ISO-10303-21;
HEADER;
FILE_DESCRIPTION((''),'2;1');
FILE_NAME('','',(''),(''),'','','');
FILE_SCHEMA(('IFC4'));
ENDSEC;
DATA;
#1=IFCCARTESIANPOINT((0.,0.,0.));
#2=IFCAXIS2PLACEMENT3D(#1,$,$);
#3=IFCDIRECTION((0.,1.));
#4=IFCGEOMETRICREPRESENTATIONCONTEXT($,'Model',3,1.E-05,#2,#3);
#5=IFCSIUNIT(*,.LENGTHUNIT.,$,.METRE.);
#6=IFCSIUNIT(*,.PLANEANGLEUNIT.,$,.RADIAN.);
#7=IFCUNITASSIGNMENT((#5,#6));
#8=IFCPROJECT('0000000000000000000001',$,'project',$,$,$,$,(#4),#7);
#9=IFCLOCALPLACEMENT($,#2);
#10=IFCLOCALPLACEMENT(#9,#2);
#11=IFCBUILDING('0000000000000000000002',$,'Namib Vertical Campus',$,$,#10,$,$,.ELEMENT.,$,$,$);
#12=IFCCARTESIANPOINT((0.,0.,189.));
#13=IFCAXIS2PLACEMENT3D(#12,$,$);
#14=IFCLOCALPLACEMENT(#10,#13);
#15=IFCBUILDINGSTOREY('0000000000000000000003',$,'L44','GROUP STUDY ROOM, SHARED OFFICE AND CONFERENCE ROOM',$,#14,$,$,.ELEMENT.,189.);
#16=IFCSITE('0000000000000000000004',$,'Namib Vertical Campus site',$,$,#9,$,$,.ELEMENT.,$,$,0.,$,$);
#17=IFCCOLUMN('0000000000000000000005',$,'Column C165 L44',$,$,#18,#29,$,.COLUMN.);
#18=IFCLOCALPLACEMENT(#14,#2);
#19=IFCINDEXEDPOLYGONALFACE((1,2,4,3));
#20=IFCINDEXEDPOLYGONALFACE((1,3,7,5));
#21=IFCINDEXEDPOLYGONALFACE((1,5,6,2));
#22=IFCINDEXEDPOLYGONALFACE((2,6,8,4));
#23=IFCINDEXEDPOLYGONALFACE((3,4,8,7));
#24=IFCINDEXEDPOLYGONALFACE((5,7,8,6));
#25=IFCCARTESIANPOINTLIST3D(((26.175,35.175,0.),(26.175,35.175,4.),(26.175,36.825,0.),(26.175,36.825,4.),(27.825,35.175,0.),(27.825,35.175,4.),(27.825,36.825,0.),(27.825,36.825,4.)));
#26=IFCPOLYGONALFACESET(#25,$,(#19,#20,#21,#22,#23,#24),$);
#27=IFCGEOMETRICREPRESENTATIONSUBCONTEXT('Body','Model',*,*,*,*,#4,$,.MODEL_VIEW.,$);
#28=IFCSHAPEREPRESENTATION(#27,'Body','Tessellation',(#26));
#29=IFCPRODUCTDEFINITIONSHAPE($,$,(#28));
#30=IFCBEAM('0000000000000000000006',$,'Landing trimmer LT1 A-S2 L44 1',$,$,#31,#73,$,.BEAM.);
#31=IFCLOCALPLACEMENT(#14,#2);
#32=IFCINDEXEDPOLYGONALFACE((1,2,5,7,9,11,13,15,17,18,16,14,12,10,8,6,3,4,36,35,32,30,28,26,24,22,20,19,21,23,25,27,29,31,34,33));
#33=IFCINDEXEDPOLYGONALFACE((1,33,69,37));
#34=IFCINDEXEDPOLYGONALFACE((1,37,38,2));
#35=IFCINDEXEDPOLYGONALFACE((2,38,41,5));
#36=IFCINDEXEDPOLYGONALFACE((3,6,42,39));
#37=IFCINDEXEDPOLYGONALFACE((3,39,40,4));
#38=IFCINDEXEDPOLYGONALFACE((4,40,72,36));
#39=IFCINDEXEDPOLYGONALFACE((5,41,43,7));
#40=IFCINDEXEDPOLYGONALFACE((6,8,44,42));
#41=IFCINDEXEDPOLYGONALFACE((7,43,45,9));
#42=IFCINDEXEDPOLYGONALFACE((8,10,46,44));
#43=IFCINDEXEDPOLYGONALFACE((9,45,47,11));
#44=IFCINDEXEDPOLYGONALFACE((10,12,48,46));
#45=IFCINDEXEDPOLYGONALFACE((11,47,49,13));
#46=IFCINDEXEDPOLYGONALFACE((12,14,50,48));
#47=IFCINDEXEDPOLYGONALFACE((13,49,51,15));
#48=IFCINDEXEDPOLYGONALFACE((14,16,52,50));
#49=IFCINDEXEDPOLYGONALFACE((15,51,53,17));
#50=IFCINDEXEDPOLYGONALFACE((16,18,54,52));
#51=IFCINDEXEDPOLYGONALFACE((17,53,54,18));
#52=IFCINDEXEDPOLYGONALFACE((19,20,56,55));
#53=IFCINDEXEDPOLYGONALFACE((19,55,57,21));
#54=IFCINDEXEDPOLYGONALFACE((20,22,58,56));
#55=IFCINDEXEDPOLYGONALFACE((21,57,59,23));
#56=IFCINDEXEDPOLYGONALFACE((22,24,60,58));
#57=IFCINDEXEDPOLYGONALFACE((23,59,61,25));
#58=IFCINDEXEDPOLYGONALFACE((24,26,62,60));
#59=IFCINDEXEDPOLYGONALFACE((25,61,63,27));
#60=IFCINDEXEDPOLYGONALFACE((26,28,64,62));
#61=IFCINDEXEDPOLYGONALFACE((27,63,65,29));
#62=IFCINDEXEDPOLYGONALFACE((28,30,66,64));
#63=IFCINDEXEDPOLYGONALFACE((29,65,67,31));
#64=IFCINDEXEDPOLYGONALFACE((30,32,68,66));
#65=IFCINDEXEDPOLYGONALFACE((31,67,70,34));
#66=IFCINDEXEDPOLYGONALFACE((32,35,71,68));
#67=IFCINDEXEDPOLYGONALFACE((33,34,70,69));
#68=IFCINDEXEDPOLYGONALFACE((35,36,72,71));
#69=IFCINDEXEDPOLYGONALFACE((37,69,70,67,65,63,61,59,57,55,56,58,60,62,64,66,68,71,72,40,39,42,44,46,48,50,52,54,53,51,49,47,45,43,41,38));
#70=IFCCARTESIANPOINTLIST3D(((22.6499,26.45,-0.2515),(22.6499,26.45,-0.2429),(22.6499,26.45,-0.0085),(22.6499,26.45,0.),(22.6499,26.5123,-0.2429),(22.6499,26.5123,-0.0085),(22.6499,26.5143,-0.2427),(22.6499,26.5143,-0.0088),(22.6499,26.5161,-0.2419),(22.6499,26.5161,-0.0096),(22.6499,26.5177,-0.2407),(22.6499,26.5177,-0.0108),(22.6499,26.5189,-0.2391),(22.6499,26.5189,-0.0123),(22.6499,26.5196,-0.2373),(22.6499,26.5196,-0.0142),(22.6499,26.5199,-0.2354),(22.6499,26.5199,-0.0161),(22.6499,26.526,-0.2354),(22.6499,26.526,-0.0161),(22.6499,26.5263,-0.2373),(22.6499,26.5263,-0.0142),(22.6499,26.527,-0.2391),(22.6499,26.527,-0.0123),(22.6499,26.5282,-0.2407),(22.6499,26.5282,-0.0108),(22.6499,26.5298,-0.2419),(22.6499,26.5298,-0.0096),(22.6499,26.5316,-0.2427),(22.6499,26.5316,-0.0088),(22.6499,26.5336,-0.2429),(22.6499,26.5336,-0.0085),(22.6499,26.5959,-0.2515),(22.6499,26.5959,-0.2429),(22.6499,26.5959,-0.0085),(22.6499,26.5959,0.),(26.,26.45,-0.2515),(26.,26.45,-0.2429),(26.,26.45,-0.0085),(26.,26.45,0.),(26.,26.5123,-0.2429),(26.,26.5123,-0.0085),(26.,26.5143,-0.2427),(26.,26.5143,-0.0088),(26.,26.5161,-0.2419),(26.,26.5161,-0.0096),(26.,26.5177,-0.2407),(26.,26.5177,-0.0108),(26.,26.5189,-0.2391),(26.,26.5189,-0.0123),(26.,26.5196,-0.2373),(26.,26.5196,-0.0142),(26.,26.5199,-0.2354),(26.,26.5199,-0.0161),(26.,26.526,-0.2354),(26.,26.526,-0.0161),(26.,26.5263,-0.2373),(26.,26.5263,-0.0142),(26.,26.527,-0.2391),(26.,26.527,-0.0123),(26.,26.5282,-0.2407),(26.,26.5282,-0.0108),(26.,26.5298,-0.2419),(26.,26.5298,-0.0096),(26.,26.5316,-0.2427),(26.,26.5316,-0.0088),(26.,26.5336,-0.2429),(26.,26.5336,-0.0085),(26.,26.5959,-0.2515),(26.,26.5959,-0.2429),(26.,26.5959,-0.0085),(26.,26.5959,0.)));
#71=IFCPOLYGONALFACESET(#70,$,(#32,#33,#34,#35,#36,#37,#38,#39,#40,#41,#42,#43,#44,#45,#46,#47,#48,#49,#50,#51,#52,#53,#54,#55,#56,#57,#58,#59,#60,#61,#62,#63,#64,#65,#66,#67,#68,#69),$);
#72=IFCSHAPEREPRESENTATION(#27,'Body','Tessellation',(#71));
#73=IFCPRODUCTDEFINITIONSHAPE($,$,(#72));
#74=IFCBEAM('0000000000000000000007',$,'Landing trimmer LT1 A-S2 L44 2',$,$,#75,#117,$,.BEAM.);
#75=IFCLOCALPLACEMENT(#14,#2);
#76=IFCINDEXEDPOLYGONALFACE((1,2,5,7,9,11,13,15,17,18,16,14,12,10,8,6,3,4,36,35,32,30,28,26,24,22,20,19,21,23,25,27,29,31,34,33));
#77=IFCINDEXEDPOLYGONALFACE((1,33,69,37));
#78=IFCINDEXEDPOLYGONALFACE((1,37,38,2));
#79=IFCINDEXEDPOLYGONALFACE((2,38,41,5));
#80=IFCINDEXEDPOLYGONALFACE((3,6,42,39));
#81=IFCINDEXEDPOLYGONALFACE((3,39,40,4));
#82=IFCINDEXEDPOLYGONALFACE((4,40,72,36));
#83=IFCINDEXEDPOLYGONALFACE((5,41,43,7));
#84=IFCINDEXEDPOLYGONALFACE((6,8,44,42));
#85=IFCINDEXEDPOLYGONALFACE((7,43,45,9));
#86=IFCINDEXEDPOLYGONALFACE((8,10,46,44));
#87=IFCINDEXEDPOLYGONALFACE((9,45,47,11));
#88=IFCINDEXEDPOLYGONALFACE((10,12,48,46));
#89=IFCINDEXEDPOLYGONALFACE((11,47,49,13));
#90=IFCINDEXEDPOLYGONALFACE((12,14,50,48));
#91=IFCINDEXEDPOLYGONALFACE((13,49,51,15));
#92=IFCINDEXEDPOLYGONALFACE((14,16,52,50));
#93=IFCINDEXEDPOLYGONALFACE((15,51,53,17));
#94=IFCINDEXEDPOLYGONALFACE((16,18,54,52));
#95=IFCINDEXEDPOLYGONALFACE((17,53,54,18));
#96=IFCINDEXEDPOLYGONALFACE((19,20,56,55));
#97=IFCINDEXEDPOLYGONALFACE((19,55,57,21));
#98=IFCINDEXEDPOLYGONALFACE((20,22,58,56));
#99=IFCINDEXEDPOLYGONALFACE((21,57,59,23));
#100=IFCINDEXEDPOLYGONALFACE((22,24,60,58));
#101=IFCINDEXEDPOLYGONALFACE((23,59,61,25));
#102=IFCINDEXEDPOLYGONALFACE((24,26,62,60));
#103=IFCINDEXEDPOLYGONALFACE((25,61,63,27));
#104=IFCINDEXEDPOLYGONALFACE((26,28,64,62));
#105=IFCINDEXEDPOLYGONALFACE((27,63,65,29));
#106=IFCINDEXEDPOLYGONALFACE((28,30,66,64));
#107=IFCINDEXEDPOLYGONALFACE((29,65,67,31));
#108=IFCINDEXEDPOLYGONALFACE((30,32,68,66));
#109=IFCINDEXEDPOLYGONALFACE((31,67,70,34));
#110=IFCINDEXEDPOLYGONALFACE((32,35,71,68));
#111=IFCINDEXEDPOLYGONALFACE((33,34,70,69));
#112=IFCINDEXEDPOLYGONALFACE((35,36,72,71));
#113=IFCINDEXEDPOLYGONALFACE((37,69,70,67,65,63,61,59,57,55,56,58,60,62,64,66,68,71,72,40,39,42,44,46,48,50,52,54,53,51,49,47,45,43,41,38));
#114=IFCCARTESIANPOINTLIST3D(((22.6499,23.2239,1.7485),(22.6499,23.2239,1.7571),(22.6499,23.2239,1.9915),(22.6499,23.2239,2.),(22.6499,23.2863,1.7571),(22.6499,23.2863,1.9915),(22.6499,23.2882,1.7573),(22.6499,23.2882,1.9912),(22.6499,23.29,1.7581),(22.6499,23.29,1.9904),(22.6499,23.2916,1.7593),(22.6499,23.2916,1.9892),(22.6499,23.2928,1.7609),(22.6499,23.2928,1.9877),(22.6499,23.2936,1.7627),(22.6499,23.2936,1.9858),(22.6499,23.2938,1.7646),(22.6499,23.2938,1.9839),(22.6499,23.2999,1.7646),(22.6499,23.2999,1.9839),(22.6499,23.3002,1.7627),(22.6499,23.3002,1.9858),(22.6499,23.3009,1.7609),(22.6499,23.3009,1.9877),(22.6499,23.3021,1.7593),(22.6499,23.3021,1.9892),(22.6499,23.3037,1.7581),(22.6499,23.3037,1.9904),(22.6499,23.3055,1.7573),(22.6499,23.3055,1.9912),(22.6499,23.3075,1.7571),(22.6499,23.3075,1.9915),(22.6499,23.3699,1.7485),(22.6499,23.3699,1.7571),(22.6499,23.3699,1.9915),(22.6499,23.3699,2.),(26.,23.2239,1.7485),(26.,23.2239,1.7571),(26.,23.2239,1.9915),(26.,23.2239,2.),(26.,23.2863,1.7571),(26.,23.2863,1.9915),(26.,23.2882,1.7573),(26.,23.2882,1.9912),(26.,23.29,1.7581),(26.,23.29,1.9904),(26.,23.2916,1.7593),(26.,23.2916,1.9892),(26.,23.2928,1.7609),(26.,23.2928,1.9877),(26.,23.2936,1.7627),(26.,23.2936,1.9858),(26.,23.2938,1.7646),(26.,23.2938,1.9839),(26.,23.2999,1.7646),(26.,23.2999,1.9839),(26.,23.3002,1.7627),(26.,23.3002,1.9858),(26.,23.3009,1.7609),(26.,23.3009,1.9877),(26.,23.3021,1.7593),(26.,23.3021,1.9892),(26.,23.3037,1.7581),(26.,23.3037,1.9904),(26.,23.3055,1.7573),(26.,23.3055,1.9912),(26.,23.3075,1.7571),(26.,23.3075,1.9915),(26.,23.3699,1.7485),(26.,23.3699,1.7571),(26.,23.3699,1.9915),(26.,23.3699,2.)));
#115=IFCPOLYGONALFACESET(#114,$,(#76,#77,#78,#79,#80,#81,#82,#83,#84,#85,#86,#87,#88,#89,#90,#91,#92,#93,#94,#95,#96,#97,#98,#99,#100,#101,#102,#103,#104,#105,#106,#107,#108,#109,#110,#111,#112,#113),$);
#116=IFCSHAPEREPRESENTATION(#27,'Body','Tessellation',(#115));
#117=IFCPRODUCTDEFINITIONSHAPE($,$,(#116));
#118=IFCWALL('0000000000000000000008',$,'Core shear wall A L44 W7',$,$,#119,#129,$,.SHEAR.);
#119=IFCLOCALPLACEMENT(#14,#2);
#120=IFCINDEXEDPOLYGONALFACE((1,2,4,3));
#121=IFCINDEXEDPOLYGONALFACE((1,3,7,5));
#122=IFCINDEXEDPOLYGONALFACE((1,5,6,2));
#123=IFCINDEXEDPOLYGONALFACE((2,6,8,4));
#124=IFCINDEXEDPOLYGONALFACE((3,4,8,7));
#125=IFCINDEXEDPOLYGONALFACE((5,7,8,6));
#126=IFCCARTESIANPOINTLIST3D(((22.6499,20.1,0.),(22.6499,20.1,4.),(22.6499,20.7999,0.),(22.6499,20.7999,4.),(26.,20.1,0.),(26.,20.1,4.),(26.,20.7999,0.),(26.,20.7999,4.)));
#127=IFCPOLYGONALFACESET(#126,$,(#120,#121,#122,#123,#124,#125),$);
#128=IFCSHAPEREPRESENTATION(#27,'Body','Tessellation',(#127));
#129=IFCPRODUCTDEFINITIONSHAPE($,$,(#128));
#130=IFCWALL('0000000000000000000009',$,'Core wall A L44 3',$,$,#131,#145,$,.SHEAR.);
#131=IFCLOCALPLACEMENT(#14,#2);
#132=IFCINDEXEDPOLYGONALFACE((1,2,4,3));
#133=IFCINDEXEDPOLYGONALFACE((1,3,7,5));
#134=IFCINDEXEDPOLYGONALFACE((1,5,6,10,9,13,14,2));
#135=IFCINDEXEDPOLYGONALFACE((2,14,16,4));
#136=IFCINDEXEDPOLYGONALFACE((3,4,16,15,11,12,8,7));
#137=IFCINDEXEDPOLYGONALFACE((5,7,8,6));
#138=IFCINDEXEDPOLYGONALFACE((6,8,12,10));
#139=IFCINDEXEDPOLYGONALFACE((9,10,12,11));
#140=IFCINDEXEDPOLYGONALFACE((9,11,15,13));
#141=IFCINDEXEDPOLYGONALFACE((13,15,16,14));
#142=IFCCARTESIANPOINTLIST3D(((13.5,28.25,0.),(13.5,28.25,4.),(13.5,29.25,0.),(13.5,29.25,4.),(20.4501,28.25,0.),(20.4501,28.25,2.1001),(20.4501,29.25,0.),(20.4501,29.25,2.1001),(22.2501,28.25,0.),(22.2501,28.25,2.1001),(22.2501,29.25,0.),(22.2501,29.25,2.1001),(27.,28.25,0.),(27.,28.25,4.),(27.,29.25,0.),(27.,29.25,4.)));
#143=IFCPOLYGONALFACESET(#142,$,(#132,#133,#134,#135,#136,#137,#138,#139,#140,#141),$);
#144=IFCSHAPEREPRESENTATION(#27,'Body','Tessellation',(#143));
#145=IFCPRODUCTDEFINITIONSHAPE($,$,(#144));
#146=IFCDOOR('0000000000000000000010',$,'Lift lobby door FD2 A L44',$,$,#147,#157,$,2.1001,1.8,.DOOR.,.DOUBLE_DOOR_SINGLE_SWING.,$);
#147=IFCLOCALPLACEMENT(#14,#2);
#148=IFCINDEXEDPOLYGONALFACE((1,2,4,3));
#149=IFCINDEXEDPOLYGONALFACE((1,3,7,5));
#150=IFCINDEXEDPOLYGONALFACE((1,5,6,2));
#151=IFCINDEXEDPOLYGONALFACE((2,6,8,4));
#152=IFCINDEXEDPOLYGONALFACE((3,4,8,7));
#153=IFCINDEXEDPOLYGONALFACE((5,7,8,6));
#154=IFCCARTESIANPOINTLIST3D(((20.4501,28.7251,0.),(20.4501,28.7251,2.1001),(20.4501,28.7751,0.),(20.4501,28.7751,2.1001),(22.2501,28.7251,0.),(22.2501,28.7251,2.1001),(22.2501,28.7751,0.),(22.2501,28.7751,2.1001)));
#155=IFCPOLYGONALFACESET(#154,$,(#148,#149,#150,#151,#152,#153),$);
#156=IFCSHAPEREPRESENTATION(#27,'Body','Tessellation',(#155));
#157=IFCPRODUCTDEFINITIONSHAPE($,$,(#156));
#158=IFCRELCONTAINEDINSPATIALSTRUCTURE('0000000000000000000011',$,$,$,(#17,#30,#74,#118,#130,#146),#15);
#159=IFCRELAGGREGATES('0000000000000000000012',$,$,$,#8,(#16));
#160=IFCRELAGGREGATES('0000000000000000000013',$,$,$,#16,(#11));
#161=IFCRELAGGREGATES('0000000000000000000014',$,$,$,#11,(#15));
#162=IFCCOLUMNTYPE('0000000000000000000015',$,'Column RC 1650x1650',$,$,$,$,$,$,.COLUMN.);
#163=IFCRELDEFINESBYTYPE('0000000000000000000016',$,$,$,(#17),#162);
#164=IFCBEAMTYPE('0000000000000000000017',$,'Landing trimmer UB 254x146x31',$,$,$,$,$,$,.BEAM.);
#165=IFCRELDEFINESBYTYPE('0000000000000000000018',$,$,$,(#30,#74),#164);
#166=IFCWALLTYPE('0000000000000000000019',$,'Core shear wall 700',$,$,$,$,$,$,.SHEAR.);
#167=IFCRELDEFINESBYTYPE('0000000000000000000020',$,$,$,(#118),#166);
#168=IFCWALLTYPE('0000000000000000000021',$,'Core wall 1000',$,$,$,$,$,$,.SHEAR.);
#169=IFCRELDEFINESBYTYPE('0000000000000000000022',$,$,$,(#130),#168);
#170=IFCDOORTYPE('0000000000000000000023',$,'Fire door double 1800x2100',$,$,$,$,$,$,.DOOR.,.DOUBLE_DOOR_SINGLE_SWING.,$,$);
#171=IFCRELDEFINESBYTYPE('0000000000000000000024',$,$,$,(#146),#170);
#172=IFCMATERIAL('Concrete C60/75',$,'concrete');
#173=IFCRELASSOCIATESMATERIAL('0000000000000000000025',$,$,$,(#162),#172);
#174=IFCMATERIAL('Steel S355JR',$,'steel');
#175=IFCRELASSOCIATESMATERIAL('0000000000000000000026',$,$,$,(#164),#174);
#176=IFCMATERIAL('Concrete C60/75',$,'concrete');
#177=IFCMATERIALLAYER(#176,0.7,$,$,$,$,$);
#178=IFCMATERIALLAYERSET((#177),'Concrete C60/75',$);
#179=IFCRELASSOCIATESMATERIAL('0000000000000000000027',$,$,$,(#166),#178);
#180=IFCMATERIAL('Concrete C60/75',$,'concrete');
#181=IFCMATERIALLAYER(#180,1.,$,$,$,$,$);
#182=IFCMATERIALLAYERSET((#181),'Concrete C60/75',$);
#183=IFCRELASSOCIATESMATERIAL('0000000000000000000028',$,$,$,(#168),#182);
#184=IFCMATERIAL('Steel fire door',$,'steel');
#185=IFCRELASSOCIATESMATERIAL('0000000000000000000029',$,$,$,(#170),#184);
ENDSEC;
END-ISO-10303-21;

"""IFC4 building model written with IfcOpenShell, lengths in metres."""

from ifc_helpers import new_model, si_unit, direction, frame, frame_2d, origin, origin_2d, place, context, subcontext, project, spatial, rectangle, i_section, extrude, material, layer, layer_set, material_profile, profile_set, type_object, element, fill, save


model = new_model("IFC4")

# Units and contexts
model_context = context("Model", 3, precision=1e-05, world=origin(), true_north=direction((0.0, 1.0)))
body_context = subcontext(model_context, "Body", "Model", "MODEL_VIEW")
ifc_project = project(units=[si_unit("LENGTHUNIT", "METRE"), si_unit("PLANEANGLEUNIT", "RADIAN")], contexts=[model_context])

# Site, building, storey
site_placement = place(None, origin())
site = spatial("IfcSite", under=ifc_project, at=site_placement, Name="Namib Vertical Campus site", CompositionType="ELEMENT", RefElevation=0.0)
building_placement = place(site_placement, origin())
building = spatial("IfcBuilding", under=site, at=building_placement, Name="Namib Vertical Campus", CompositionType="ELEMENT")
storey_placement = place(building_placement, frame((0.0, 0.0, 189.0)))
storey = spatial("IfcBuildingStorey", under=building, at=storey_placement, Name="L44", Description="GROUP STUDY ROOM, SHARED OFFICE AND CONFERENCE ROOM", CompositionType="ELEMENT", Elevation=189.0)

# Column
ifc_material_1 = material(Name="Concrete C60/75", Category="concrete")
ifc_material_profile_1 = material_profile(ifc_material_1, rectangle(XDim=1.6499, YDim=1.6499, at=origin_2d()))
ifc_profile_set_1 = profile_set([ifc_material_profile_1], Name="Concrete C60/75")
column_type = type_object("IfcColumnType", Name="Column RC 1650x1650", PredefinedType="COLUMN", material=ifc_profile_set_1)
column_placement = place(storey_placement, frame((27.0, 36.0, 0.0), z_axis=(0.0, 0.0, 1.0), x_axis=(1.0, 0.0, 0.0)))
element("IfcColumn", 1, at=column_placement, inside=storey, type_object=column_type, Name="Column C165 L44", PredefinedType="COLUMN", context=body_context, shape_type="SweptSolid", body=[
    extrude(rectangle(XDim=1.6499, YDim=1.6499, at=origin_2d()), origin(), (0.0, 0.0, 1.0), 4.0),
])

# Beams
ifc_material_2 = material(Name="Steel S355JR", Category="steel")
ifc_material_profile_2 = material_profile(ifc_material_2, i_section(OverallWidth=0.146, OverallDepth=0.2515, WebThickness=0.0061, FlangeThickness=0.0085, FilletRadius=0.0076, at=origin_2d()))
ifc_profile_set_2 = profile_set([ifc_material_profile_2], Name="Steel S355JR")
beam_type = type_object("IfcBeamType", Name="Landing trimmer UB 254x146x31", PredefinedType="BEAM", material=ifc_profile_set_2)
for number, where, z_axis, x_axis, name in (
    (2, (22.6499, 26.5229, -0.1257), (1.0, 0.0, 0.0), (0.0, 1.0, 0.0), "Landing trimmer LT1 A-S2 L44 1"),
    (3, (22.6499, 23.2969, 1.8743), (1.0, 0.0, 0.0), (0.0, 1.0, 0.0), "Landing trimmer LT1 A-S2 L44 2"),
):
    element("IfcBeam", number, at=place(storey_placement, frame(where, z_axis=z_axis, x_axis=x_axis)), inside=storey, type_object=beam_type, Name=name, PredefinedType="BEAM", context=body_context, shape_type="SweptSolid", body=[
        extrude(i_section(OverallWidth=0.146, OverallDepth=0.2515, WebThickness=0.0061, FlangeThickness=0.0085, FilletRadius=0.0076, at=origin_2d()), origin(), (0.0, 0.0, 1.0), 3.3501),
    ])

# Wall
ifc_material_3 = material(Name="Concrete C60/75", Category="concrete")
ifc_layer_1 = layer(ifc_material_3, 0.7)
ifc_layer_set_1 = layer_set([ifc_layer_1], Name="Concrete C60/75")
wall_type_1 = type_object("IfcWallType", Name="Core shear wall 700", PredefinedType="SHEAR", material=ifc_layer_set_1)
wall_1_placement = place(storey_placement, frame((22.6499, 20.45, 0.0), z_axis=(0.0, 0.0, 1.0), x_axis=(1.0, 0.0, 0.0)))
element("IfcWall", 4, at=wall_1_placement, inside=storey, type_object=wall_type_1, Name="Core shear wall A L44 W7", PredefinedType="SHEAR", context=body_context, shape_type="SweptSolid", body=[
    extrude(rectangle(XDim=3.3501, YDim=0.7, at=frame_2d((1.675, 0.0))), origin(), (0.0, 0.0, 1.0), 4.0),
])

# Wall, opening, door
ifc_material_4 = material(Name="Concrete C60/75", Category="concrete")
ifc_layer_2 = layer(ifc_material_4, 1.0)
ifc_layer_set_2 = layer_set([ifc_layer_2], Name="Concrete C60/75")
wall_type_2 = type_object("IfcWallType", Name="Core wall 1000", PredefinedType="SHEAR", material=ifc_layer_set_2)
wall_2_placement = place(storey_placement, frame((27.0, 28.75, 0.0), z_axis=(0.0, 0.0, 1.0), x_axis=(-1.0, 0.0, 0.0)))
wall_2 = element("IfcWall", 5, at=wall_2_placement, inside=storey, type_object=wall_type_2, Name="Core wall A L44 3", PredefinedType="SHEAR", context=body_context, shape_type="SweptSolid", body=[
    extrude(rectangle(XDim=13.5, YDim=1.0, at=frame_2d((6.75, 0.0))), origin(), (0.0, 0.0, 1.0), 4.0),
])
opening_1_placement = place(wall_2_placement, frame((4.75, 0.0, 0.0)))
opening_1 = element("IfcOpeningElement", 6, at=opening_1_placement, cuts=wall_2, PredefinedType="OPENING", context=body_context, shape_type="SweptSolid", body=[
    extrude(rectangle(XDim=1.8, YDim=2.1001, at=frame_2d((0.8999, 1.05))), frame((0.0, 0.51, 0.0), z_axis=(0.0, -1.0, 0.0), x_axis=(1.0, 0.0, 0.0)), (0.0, 0.0, 1.0), 1.02),
])
ifc_material_5 = material(Name="Steel fire door", Category="steel")
door_type_1 = type_object("IfcDoorType", Name="Fire door double 1800x2100", OperationType="DOUBLE_DOOR_SINGLE_SWING", PredefinedType="DOOR", material=ifc_material_5)
door_1_placement = place(opening_1_placement, origin())
door_1 = element("IfcDoor", 7, at=door_1_placement, inside=storey, type_object=door_type_1, Name="Lift lobby door FD2 A L44", OperationType="DOUBLE_DOOR_SINGLE_SWING", OverallHeight=2.1001, OverallWidth=1.8, PredefinedType="DOOR", context=body_context, shape_type="SweptSolid", body=[
    extrude(rectangle(XDim=1.8, YDim=2.1001, at=frame_2d((0.8999, 1.05))), frame((0.0, 0.0249, 0.0), z_axis=(0.0, -1.0, 0.0), x_axis=(1.0, 0.0, 0.0)), (0.0, 0.0, 1.0), 0.05),
])
fill(opening_1, door_1)

save(model, "model.ifc")
